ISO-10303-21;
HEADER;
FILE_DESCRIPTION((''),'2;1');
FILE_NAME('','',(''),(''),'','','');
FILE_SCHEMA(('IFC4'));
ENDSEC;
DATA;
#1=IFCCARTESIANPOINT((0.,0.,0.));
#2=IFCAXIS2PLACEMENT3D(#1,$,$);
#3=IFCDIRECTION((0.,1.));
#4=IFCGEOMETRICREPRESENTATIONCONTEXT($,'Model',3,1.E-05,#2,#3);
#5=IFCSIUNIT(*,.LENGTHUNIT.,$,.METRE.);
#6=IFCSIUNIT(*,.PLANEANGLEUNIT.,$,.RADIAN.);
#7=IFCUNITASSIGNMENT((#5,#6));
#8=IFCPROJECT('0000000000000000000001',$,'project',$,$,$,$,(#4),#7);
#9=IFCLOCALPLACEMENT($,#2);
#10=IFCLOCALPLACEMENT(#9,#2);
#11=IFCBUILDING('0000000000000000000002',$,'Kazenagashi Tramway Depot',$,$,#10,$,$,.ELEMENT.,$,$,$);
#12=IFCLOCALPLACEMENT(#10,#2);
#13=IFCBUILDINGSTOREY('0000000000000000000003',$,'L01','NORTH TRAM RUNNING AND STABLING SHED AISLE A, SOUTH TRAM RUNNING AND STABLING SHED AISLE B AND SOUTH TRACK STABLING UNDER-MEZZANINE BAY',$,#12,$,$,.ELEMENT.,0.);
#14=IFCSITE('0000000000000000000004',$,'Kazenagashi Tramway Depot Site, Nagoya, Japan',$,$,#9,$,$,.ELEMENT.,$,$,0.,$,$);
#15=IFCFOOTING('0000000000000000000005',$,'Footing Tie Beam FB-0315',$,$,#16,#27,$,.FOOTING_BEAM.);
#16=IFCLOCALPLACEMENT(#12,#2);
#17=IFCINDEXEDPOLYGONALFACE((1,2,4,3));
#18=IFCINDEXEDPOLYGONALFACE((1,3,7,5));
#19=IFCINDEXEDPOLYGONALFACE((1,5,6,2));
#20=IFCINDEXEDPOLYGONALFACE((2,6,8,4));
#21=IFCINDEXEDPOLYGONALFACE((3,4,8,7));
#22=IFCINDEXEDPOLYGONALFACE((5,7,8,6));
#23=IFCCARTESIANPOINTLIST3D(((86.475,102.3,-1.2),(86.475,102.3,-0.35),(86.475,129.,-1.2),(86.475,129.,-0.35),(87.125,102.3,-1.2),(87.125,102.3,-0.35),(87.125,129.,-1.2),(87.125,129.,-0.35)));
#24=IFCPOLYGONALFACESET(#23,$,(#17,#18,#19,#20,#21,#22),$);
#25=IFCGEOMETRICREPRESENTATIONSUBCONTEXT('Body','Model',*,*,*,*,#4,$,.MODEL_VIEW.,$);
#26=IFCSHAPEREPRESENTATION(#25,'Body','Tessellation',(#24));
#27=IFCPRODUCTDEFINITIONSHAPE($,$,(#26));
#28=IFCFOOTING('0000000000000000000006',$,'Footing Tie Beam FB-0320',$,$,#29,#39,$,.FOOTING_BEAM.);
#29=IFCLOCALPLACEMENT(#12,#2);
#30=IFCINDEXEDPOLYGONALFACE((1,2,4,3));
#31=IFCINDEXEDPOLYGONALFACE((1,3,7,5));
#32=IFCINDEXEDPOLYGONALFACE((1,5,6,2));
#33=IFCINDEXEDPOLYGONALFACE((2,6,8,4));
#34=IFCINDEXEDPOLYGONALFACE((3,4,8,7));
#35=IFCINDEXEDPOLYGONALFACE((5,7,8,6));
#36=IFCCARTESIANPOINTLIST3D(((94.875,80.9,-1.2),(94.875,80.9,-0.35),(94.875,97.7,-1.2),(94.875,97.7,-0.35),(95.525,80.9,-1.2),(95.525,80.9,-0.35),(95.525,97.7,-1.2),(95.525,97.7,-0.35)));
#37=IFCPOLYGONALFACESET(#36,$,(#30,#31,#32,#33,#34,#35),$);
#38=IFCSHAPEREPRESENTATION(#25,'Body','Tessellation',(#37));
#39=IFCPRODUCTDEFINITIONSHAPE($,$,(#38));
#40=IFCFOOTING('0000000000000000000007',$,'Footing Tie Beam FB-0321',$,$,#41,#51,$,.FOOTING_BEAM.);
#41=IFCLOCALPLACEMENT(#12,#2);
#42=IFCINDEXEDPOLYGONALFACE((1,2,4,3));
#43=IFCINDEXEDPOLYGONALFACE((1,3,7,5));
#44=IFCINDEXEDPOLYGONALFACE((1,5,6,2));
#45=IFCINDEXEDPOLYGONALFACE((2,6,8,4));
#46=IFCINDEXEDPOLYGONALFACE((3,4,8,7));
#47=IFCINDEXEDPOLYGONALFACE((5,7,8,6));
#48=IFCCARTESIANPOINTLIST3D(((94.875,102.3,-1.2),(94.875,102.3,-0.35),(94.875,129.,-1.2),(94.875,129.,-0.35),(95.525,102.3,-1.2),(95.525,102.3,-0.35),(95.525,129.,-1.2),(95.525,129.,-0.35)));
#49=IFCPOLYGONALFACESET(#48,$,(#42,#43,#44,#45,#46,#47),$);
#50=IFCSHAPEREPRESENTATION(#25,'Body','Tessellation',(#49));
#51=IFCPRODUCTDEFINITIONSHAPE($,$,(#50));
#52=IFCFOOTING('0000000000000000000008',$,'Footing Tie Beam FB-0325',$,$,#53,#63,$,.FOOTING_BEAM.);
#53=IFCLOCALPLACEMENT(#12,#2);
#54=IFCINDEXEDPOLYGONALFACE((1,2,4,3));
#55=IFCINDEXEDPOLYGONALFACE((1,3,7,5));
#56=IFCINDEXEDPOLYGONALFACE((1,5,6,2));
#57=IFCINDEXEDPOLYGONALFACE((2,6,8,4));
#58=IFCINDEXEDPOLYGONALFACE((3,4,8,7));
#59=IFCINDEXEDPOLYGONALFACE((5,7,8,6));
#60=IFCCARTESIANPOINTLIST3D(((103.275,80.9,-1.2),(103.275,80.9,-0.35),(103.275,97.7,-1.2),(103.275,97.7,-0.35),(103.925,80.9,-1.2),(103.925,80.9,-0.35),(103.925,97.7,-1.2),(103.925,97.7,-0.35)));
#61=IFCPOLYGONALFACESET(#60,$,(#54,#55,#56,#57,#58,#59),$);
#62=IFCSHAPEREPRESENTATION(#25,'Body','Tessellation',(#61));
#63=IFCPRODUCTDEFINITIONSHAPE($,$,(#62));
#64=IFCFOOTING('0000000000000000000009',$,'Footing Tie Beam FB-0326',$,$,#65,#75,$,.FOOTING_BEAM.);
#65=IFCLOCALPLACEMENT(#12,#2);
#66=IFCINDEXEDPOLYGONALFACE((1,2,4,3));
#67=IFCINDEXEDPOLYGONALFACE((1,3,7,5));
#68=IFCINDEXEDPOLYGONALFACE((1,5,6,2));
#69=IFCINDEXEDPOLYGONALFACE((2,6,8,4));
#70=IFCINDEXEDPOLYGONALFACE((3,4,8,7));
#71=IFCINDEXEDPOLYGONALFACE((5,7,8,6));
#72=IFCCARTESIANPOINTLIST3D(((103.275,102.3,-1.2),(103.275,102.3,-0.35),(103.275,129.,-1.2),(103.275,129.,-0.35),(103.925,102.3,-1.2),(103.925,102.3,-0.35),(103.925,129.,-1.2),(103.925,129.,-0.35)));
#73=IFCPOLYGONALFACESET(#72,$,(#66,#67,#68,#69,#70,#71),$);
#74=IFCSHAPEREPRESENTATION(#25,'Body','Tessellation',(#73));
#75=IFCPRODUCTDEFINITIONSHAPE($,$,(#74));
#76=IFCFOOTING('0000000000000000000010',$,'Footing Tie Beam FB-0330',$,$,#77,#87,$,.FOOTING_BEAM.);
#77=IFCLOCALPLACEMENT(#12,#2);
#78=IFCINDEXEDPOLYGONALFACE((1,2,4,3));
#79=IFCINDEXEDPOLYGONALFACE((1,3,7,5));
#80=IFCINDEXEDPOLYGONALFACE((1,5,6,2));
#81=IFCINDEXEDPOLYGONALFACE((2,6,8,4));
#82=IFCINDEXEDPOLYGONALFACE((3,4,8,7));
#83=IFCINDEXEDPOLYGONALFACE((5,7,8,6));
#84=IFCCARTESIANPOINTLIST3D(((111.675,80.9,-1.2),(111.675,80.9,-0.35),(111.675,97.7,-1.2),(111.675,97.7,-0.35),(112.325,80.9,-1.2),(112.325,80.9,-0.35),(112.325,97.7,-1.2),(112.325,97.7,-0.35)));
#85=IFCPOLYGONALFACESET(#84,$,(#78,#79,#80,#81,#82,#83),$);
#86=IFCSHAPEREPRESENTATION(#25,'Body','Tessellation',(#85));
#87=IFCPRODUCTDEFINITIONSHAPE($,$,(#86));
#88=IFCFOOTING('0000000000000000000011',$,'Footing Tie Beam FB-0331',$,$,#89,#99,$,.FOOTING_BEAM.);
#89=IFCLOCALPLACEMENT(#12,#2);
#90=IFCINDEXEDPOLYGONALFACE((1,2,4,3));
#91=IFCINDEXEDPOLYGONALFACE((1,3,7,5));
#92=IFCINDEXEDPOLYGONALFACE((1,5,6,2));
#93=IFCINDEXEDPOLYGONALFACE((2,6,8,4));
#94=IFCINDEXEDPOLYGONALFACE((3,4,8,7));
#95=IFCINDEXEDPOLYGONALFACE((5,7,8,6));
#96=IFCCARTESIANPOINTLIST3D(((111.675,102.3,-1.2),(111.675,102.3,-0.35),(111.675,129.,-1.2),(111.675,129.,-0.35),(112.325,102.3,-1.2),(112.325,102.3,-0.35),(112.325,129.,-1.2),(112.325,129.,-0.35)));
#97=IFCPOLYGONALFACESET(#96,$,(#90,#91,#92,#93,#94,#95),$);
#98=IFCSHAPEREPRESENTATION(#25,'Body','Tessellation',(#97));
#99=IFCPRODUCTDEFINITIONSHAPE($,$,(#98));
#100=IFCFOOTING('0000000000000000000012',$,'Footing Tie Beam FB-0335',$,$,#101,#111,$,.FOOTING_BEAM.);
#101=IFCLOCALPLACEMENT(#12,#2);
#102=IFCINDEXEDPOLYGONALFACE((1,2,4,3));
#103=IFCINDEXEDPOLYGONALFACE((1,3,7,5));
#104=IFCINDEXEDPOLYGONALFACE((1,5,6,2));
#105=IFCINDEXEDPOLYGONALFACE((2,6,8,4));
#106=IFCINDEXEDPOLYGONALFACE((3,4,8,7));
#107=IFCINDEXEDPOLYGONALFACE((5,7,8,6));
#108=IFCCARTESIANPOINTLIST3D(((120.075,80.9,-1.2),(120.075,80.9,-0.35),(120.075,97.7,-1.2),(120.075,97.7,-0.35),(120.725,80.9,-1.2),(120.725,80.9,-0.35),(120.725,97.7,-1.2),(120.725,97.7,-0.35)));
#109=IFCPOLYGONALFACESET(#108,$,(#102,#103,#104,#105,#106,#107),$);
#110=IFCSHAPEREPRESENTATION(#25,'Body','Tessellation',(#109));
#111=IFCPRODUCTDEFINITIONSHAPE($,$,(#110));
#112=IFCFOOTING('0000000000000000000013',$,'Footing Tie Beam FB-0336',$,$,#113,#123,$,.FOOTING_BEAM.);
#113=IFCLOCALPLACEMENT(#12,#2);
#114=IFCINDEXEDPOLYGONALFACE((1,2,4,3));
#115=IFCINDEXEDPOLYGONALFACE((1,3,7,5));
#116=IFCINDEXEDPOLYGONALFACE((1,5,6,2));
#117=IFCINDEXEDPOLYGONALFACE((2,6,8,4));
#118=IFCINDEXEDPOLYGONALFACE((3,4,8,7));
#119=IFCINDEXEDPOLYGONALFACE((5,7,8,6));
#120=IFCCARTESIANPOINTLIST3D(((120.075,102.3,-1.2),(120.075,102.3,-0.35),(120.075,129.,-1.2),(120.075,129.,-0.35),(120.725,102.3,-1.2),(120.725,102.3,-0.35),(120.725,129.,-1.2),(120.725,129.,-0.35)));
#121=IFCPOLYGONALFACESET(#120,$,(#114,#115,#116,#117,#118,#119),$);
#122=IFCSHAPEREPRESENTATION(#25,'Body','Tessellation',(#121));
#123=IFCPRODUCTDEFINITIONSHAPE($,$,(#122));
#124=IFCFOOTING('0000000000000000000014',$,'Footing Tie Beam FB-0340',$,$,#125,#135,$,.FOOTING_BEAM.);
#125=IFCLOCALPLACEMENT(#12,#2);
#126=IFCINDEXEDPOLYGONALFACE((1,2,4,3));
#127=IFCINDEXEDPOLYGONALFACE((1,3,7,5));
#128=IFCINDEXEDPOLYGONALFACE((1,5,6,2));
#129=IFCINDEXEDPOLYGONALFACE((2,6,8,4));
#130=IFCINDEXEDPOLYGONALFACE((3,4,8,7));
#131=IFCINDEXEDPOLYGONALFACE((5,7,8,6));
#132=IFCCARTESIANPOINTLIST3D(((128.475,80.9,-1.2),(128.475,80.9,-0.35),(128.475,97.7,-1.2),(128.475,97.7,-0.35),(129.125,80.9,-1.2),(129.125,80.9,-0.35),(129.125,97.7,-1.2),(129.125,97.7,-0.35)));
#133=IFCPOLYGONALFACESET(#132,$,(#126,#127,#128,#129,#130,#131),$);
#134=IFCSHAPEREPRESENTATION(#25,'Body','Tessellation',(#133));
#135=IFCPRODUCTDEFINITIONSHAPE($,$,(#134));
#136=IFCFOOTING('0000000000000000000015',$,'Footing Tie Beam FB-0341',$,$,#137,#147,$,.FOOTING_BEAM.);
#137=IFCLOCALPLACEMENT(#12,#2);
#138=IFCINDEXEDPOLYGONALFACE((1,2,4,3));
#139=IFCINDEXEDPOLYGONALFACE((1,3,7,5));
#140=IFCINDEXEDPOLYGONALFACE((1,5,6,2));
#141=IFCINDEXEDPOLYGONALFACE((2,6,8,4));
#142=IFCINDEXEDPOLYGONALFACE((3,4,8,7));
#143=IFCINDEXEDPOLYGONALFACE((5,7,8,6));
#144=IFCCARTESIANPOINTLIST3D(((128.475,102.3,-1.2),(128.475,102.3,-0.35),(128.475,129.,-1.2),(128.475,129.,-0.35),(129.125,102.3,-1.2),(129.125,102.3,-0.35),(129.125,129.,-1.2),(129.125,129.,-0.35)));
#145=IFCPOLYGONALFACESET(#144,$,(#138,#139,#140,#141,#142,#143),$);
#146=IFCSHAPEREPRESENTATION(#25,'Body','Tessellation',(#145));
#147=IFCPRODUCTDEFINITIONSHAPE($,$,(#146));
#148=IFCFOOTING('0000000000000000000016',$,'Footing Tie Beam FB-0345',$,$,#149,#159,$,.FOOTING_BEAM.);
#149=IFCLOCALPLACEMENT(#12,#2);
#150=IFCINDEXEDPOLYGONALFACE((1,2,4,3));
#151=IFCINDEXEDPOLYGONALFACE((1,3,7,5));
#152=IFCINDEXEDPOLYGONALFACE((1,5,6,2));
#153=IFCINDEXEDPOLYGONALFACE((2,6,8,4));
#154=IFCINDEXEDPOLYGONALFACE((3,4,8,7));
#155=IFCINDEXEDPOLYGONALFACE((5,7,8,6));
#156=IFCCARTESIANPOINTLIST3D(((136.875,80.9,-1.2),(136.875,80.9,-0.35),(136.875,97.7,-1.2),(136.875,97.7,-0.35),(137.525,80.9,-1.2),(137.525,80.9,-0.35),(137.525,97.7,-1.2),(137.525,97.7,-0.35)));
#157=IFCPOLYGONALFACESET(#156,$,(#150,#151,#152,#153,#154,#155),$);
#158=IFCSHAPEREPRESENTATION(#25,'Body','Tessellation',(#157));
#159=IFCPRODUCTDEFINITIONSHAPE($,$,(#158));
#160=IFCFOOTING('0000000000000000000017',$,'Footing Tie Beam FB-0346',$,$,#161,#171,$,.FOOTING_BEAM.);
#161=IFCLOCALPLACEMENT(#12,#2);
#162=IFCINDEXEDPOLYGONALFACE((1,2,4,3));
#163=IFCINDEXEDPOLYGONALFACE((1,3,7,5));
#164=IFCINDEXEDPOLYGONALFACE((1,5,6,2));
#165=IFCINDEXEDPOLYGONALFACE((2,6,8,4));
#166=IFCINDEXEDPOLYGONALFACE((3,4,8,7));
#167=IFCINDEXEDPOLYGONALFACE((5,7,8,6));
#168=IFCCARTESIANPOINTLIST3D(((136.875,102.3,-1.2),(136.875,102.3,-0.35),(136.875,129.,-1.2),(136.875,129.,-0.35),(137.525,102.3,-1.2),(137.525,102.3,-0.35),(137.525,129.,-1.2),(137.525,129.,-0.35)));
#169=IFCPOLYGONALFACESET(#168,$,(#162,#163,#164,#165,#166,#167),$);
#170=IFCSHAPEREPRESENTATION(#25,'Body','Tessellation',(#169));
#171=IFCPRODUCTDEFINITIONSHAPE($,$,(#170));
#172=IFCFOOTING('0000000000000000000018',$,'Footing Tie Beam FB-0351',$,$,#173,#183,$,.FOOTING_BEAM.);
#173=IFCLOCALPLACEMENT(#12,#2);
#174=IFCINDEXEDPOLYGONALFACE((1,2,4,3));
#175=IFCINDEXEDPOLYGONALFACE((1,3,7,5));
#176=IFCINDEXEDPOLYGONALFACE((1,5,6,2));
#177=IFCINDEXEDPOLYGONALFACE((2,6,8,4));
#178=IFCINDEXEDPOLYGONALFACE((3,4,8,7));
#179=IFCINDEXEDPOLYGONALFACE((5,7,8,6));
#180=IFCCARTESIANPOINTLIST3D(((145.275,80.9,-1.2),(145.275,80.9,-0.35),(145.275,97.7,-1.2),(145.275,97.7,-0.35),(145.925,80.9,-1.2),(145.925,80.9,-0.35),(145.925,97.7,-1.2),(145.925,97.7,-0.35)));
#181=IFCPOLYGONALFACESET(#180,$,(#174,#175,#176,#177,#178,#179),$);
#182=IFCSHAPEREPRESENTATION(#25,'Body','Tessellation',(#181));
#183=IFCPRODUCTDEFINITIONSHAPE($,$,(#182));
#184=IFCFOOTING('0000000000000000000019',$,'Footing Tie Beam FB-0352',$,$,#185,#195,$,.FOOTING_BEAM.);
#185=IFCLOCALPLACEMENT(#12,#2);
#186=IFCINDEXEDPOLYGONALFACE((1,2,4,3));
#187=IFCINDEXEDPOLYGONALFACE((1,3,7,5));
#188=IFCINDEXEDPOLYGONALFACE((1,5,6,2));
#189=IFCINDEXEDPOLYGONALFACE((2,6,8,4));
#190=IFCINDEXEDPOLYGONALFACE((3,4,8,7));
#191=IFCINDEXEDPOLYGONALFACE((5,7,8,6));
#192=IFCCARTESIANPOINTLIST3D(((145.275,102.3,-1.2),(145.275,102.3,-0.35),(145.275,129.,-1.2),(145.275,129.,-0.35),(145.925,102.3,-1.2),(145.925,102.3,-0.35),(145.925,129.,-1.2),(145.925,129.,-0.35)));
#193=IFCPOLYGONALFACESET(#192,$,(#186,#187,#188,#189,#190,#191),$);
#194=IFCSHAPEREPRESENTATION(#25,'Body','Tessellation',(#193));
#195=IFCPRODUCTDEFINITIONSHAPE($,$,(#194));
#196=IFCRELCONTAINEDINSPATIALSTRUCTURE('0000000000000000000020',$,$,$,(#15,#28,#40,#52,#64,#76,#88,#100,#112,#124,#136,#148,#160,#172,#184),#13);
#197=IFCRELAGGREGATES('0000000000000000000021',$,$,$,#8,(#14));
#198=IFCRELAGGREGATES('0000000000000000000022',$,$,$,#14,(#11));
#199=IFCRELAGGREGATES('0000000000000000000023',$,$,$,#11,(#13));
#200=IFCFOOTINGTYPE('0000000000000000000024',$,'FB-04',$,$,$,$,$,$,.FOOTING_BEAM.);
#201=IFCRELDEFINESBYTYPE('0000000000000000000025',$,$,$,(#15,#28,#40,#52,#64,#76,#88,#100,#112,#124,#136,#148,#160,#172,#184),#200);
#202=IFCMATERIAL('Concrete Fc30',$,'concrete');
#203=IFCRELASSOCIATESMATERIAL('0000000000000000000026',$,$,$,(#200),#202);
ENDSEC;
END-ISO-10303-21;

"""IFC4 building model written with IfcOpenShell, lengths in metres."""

from ifc_helpers import new_model, si_unit, direction, frame, origin, place, context, subcontext, project, spatial, polyline, outline, extrude, material, type_object, element, save


model = new_model("IFC4")

# Units and contexts
model_context = context("Model", 3, precision=1e-05, world=origin(), true_north=direction((0.0, 1.0)))
body_context = subcontext(model_context, "Body", "Model", "MODEL_VIEW")
ifc_project = project(units=[si_unit("LENGTHUNIT", "METRE"), si_unit("PLANEANGLEUNIT", "RADIAN")], contexts=[model_context])

# Site, building, storey
site_placement = place(None, origin())
site = spatial("IfcSite", under=ifc_project, at=site_placement, Name="Kazenagashi Tramway Depot Site, Nagoya, Japan", CompositionType="ELEMENT", RefElevation=0.0)
building_placement = place(site_placement, origin())
building = spatial("IfcBuilding", under=site, at=building_placement, Name="Kazenagashi Tramway Depot", CompositionType="ELEMENT")
storey_placement = place(building_placement, origin())
storey = spatial("IfcBuildingStorey", under=building, at=storey_placement, Name="L01", Description="NORTH TRAM RUNNING AND STABLING SHED AISLE A, SOUTH TRAM RUNNING AND STABLING SHED AISLE B AND SOUTH TRACK STABLING UNDER-MEZZANINE BAY", CompositionType="ELEMENT", Elevation=0.0)

# Footings
ifc_material = material(Name="Concrete Fc30", Category="concrete")
footing_type_1 = type_object("IfcFootingType", Name="FB-04", PredefinedType="FOOTING_BEAM", material=ifc_material)
footing_1_placement = place(storey_placement, frame((0.0, 0.0, -1.2)))
element("IfcFooting", 1, at=footing_1_placement, inside=storey, type_object=footing_type_1, Name="Footing Tie Beam FB-0315", PredefinedType="FOOTING_BEAM", context=body_context, shape_type="SweptSolid", body=[
    extrude(outline(polyline([(86.475, 102.3), (87.125, 102.3), (87.125, 129.0), (86.475, 129.0), (86.475, 102.3)])), origin(), (0.0, 0.0, 1.0), 0.85),
])
footing_2_placement = place(storey_placement, frame((0.0, 0.0, -1.2)))
element("IfcFooting", 2, at=footing_2_placement, inside=storey, type_object=footing_type_1, Name="Footing Tie Beam FB-0320", PredefinedType="FOOTING_BEAM", context=body_context, shape_type="SweptSolid", body=[
    extrude(outline(polyline([(94.875, 80.9), (95.525, 80.9), (95.525, 97.7), (94.875, 97.7), (94.875, 80.9)])), origin(), (0.0, 0.0, 1.0), 0.85),
])
footing_3_placement = place(storey_placement, frame((0.0, 0.0, -1.2)))
element("IfcFooting", 3, at=footing_3_placement, inside=storey, type_object=footing_type_1, Name="Footing Tie Beam FB-0321", PredefinedType="FOOTING_BEAM", context=body_context, shape_type="SweptSolid", body=[
    extrude(outline(polyline([(94.875, 102.3), (95.525, 102.3), (95.525, 129.0), (94.875, 129.0), (94.875, 102.3)])), origin(), (0.0, 0.0, 1.0), 0.85),
])
footing_4_placement = place(storey_placement, frame((0.0, 0.0, -1.2)))
element("IfcFooting", 4, at=footing_4_placement, inside=storey, type_object=footing_type_1, Name="Footing Tie Beam FB-0325", PredefinedType="FOOTING_BEAM", context=body_context, shape_type="SweptSolid", body=[
    extrude(outline(polyline([(103.275, 80.9), (103.925, 80.9), (103.925, 97.7), (103.275, 97.7), (103.275, 80.9)])), origin(), (0.0, 0.0, 1.0), 0.85),
])
footing_5_placement = place(storey_placement, frame((0.0, 0.0, -1.2)))
element("IfcFooting", 5, at=footing_5_placement, inside=storey, type_object=footing_type_1, Name="Footing Tie Beam FB-0326", PredefinedType="FOOTING_BEAM", context=body_context, shape_type="SweptSolid", body=[
    extrude(outline(polyline([(103.275, 102.3), (103.925, 102.3), (103.925, 129.0), (103.275, 129.0), (103.275, 102.3)])), origin(), (0.0, 0.0, 1.0), 0.85),
])
footing_6_placement = place(storey_placement, frame((0.0, 0.0, -1.2)))
element("IfcFooting", 6, at=footing_6_placement, inside=storey, type_object=footing_type_1, Name="Footing Tie Beam FB-0330", PredefinedType="FOOTING_BEAM", context=body_context, shape_type="SweptSolid", body=[
    extrude(outline(polyline([(111.675, 80.9), (112.325, 80.9), (112.325, 97.7), (111.675, 97.7), (111.675, 80.9)])), origin(), (0.0, 0.0, 1.0), 0.85),
])
footing_7_placement = place(storey_placement, frame((0.0, 0.0, -1.2)))
element("IfcFooting", 7, at=footing_7_placement, inside=storey, type_object=footing_type_1, Name="Footing Tie Beam FB-0331", PredefinedType="FOOTING_BEAM", context=body_context, shape_type="SweptSolid", body=[
    extrude(outline(polyline([(111.675, 102.3), (112.325, 102.3), (112.325, 129.0), (111.675, 129.0), (111.675, 102.3)])), origin(), (0.0, 0.0, 1.0), 0.85),
])
footing_8_placement = place(storey_placement, frame((0.0, 0.0, -1.2)))
element("IfcFooting", 8, at=footing_8_placement, inside=storey, type_object=footing_type_1, Name="Footing Tie Beam FB-0335", PredefinedType="FOOTING_BEAM", context=body_context, shape_type="SweptSolid", body=[
    extrude(outline(polyline([(120.075, 80.9), (120.725, 80.9), (120.725, 97.7), (120.075, 97.7), (120.075, 80.9)])), origin(), (0.0, 0.0, 1.0), 0.85),
])
footing_9_placement = place(storey_placement, frame((0.0, 0.0, -1.2)))
element("IfcFooting", 9, at=footing_9_placement, inside=storey, type_object=footing_type_1, Name="Footing Tie Beam FB-0336", PredefinedType="FOOTING_BEAM", context=body_context, shape_type="SweptSolid", body=[
    extrude(outline(polyline([(120.075, 102.3), (120.725, 102.3), (120.725, 129.0), (120.075, 129.0), (120.075, 102.3)])), origin(), (0.0, 0.0, 1.0), 0.85),
])
footing_10_placement = place(storey_placement, frame((0.0, 0.0, -1.2)))
element("IfcFooting", 10, at=footing_10_placement, inside=storey, type_object=footing_type_1, Name="Footing Tie Beam FB-0340", PredefinedType="FOOTING_BEAM", context=body_context, shape_type="SweptSolid", body=[
    extrude(outline(polyline([(128.475, 80.9), (129.125, 80.9), (129.125, 97.7), (128.475, 97.7), (128.475, 80.9)])), origin(), (0.0, 0.0, 1.0), 0.85),
])
footing_11_placement = place(storey_placement, frame((0.0, 0.0, -1.2)))
element("IfcFooting", 11, at=footing_11_placement, inside=storey, type_object=footing_type_1, Name="Footing Tie Beam FB-0341", PredefinedType="FOOTING_BEAM", context=body_context, shape_type="SweptSolid", body=[
    extrude(outline(polyline([(128.475, 102.3), (129.125, 102.3), (129.125, 129.0), (128.475, 129.0), (128.475, 102.3)])), origin(), (0.0, 0.0, 1.0), 0.85),
])
footing_12_placement = place(storey_placement, frame((0.0, 0.0, -1.2)))
element("IfcFooting", 12, at=footing_12_placement, inside=storey, type_object=footing_type_1, Name="Footing Tie Beam FB-0345", PredefinedType="FOOTING_BEAM", context=body_context, shape_type="SweptSolid", body=[
    extrude(outline(polyline([(136.875, 80.9), (137.525, 80.9), (137.525, 97.7), (136.875, 97.7), (136.875, 80.9)])), origin(), (0.0, 0.0, 1.0), 0.85),
])
footing_13_placement = place(storey_placement, frame((0.0, 0.0, -1.2)))
element("IfcFooting", 13, at=footing_13_placement, inside=storey, type_object=footing_type_1, Name="Footing Tie Beam FB-0346", PredefinedType="FOOTING_BEAM", context=body_context, shape_type="SweptSolid", body=[
    extrude(outline(polyline([(136.875, 102.3), (137.525, 102.3), (137.525, 129.0), (136.875, 129.0), (136.875, 102.3)])), origin(), (0.0, 0.0, 1.0), 0.85),
])
footing_14_placement = place(storey_placement, frame((0.0, 0.0, -1.2)))
element("IfcFooting", 14, at=footing_14_placement, inside=storey, type_object=footing_type_1, Name="Footing Tie Beam FB-0351", PredefinedType="FOOTING_BEAM", context=body_context, shape_type="SweptSolid", body=[
    extrude(outline(polyline([(145.275, 80.9), (145.925, 80.9), (145.925, 97.7), (145.275, 97.7), (145.275, 80.9)])), origin(), (0.0, 0.0, 1.0), 0.85),
])
footing_15_placement = place(storey_placement, frame((0.0, 0.0, -1.2)))
element("IfcFooting", 15, at=footing_15_placement, inside=storey, type_object=footing_type_1, Name="Footing Tie Beam FB-0352", PredefinedType="FOOTING_BEAM", context=body_context, shape_type="SweptSolid", body=[
    extrude(outline(polyline([(145.275, 102.3), (145.925, 102.3), (145.925, 129.0), (145.275, 129.0), (145.275, 102.3)])), origin(), (0.0, 0.0, 1.0), 0.85),
])

save(model, "model.ifc")
